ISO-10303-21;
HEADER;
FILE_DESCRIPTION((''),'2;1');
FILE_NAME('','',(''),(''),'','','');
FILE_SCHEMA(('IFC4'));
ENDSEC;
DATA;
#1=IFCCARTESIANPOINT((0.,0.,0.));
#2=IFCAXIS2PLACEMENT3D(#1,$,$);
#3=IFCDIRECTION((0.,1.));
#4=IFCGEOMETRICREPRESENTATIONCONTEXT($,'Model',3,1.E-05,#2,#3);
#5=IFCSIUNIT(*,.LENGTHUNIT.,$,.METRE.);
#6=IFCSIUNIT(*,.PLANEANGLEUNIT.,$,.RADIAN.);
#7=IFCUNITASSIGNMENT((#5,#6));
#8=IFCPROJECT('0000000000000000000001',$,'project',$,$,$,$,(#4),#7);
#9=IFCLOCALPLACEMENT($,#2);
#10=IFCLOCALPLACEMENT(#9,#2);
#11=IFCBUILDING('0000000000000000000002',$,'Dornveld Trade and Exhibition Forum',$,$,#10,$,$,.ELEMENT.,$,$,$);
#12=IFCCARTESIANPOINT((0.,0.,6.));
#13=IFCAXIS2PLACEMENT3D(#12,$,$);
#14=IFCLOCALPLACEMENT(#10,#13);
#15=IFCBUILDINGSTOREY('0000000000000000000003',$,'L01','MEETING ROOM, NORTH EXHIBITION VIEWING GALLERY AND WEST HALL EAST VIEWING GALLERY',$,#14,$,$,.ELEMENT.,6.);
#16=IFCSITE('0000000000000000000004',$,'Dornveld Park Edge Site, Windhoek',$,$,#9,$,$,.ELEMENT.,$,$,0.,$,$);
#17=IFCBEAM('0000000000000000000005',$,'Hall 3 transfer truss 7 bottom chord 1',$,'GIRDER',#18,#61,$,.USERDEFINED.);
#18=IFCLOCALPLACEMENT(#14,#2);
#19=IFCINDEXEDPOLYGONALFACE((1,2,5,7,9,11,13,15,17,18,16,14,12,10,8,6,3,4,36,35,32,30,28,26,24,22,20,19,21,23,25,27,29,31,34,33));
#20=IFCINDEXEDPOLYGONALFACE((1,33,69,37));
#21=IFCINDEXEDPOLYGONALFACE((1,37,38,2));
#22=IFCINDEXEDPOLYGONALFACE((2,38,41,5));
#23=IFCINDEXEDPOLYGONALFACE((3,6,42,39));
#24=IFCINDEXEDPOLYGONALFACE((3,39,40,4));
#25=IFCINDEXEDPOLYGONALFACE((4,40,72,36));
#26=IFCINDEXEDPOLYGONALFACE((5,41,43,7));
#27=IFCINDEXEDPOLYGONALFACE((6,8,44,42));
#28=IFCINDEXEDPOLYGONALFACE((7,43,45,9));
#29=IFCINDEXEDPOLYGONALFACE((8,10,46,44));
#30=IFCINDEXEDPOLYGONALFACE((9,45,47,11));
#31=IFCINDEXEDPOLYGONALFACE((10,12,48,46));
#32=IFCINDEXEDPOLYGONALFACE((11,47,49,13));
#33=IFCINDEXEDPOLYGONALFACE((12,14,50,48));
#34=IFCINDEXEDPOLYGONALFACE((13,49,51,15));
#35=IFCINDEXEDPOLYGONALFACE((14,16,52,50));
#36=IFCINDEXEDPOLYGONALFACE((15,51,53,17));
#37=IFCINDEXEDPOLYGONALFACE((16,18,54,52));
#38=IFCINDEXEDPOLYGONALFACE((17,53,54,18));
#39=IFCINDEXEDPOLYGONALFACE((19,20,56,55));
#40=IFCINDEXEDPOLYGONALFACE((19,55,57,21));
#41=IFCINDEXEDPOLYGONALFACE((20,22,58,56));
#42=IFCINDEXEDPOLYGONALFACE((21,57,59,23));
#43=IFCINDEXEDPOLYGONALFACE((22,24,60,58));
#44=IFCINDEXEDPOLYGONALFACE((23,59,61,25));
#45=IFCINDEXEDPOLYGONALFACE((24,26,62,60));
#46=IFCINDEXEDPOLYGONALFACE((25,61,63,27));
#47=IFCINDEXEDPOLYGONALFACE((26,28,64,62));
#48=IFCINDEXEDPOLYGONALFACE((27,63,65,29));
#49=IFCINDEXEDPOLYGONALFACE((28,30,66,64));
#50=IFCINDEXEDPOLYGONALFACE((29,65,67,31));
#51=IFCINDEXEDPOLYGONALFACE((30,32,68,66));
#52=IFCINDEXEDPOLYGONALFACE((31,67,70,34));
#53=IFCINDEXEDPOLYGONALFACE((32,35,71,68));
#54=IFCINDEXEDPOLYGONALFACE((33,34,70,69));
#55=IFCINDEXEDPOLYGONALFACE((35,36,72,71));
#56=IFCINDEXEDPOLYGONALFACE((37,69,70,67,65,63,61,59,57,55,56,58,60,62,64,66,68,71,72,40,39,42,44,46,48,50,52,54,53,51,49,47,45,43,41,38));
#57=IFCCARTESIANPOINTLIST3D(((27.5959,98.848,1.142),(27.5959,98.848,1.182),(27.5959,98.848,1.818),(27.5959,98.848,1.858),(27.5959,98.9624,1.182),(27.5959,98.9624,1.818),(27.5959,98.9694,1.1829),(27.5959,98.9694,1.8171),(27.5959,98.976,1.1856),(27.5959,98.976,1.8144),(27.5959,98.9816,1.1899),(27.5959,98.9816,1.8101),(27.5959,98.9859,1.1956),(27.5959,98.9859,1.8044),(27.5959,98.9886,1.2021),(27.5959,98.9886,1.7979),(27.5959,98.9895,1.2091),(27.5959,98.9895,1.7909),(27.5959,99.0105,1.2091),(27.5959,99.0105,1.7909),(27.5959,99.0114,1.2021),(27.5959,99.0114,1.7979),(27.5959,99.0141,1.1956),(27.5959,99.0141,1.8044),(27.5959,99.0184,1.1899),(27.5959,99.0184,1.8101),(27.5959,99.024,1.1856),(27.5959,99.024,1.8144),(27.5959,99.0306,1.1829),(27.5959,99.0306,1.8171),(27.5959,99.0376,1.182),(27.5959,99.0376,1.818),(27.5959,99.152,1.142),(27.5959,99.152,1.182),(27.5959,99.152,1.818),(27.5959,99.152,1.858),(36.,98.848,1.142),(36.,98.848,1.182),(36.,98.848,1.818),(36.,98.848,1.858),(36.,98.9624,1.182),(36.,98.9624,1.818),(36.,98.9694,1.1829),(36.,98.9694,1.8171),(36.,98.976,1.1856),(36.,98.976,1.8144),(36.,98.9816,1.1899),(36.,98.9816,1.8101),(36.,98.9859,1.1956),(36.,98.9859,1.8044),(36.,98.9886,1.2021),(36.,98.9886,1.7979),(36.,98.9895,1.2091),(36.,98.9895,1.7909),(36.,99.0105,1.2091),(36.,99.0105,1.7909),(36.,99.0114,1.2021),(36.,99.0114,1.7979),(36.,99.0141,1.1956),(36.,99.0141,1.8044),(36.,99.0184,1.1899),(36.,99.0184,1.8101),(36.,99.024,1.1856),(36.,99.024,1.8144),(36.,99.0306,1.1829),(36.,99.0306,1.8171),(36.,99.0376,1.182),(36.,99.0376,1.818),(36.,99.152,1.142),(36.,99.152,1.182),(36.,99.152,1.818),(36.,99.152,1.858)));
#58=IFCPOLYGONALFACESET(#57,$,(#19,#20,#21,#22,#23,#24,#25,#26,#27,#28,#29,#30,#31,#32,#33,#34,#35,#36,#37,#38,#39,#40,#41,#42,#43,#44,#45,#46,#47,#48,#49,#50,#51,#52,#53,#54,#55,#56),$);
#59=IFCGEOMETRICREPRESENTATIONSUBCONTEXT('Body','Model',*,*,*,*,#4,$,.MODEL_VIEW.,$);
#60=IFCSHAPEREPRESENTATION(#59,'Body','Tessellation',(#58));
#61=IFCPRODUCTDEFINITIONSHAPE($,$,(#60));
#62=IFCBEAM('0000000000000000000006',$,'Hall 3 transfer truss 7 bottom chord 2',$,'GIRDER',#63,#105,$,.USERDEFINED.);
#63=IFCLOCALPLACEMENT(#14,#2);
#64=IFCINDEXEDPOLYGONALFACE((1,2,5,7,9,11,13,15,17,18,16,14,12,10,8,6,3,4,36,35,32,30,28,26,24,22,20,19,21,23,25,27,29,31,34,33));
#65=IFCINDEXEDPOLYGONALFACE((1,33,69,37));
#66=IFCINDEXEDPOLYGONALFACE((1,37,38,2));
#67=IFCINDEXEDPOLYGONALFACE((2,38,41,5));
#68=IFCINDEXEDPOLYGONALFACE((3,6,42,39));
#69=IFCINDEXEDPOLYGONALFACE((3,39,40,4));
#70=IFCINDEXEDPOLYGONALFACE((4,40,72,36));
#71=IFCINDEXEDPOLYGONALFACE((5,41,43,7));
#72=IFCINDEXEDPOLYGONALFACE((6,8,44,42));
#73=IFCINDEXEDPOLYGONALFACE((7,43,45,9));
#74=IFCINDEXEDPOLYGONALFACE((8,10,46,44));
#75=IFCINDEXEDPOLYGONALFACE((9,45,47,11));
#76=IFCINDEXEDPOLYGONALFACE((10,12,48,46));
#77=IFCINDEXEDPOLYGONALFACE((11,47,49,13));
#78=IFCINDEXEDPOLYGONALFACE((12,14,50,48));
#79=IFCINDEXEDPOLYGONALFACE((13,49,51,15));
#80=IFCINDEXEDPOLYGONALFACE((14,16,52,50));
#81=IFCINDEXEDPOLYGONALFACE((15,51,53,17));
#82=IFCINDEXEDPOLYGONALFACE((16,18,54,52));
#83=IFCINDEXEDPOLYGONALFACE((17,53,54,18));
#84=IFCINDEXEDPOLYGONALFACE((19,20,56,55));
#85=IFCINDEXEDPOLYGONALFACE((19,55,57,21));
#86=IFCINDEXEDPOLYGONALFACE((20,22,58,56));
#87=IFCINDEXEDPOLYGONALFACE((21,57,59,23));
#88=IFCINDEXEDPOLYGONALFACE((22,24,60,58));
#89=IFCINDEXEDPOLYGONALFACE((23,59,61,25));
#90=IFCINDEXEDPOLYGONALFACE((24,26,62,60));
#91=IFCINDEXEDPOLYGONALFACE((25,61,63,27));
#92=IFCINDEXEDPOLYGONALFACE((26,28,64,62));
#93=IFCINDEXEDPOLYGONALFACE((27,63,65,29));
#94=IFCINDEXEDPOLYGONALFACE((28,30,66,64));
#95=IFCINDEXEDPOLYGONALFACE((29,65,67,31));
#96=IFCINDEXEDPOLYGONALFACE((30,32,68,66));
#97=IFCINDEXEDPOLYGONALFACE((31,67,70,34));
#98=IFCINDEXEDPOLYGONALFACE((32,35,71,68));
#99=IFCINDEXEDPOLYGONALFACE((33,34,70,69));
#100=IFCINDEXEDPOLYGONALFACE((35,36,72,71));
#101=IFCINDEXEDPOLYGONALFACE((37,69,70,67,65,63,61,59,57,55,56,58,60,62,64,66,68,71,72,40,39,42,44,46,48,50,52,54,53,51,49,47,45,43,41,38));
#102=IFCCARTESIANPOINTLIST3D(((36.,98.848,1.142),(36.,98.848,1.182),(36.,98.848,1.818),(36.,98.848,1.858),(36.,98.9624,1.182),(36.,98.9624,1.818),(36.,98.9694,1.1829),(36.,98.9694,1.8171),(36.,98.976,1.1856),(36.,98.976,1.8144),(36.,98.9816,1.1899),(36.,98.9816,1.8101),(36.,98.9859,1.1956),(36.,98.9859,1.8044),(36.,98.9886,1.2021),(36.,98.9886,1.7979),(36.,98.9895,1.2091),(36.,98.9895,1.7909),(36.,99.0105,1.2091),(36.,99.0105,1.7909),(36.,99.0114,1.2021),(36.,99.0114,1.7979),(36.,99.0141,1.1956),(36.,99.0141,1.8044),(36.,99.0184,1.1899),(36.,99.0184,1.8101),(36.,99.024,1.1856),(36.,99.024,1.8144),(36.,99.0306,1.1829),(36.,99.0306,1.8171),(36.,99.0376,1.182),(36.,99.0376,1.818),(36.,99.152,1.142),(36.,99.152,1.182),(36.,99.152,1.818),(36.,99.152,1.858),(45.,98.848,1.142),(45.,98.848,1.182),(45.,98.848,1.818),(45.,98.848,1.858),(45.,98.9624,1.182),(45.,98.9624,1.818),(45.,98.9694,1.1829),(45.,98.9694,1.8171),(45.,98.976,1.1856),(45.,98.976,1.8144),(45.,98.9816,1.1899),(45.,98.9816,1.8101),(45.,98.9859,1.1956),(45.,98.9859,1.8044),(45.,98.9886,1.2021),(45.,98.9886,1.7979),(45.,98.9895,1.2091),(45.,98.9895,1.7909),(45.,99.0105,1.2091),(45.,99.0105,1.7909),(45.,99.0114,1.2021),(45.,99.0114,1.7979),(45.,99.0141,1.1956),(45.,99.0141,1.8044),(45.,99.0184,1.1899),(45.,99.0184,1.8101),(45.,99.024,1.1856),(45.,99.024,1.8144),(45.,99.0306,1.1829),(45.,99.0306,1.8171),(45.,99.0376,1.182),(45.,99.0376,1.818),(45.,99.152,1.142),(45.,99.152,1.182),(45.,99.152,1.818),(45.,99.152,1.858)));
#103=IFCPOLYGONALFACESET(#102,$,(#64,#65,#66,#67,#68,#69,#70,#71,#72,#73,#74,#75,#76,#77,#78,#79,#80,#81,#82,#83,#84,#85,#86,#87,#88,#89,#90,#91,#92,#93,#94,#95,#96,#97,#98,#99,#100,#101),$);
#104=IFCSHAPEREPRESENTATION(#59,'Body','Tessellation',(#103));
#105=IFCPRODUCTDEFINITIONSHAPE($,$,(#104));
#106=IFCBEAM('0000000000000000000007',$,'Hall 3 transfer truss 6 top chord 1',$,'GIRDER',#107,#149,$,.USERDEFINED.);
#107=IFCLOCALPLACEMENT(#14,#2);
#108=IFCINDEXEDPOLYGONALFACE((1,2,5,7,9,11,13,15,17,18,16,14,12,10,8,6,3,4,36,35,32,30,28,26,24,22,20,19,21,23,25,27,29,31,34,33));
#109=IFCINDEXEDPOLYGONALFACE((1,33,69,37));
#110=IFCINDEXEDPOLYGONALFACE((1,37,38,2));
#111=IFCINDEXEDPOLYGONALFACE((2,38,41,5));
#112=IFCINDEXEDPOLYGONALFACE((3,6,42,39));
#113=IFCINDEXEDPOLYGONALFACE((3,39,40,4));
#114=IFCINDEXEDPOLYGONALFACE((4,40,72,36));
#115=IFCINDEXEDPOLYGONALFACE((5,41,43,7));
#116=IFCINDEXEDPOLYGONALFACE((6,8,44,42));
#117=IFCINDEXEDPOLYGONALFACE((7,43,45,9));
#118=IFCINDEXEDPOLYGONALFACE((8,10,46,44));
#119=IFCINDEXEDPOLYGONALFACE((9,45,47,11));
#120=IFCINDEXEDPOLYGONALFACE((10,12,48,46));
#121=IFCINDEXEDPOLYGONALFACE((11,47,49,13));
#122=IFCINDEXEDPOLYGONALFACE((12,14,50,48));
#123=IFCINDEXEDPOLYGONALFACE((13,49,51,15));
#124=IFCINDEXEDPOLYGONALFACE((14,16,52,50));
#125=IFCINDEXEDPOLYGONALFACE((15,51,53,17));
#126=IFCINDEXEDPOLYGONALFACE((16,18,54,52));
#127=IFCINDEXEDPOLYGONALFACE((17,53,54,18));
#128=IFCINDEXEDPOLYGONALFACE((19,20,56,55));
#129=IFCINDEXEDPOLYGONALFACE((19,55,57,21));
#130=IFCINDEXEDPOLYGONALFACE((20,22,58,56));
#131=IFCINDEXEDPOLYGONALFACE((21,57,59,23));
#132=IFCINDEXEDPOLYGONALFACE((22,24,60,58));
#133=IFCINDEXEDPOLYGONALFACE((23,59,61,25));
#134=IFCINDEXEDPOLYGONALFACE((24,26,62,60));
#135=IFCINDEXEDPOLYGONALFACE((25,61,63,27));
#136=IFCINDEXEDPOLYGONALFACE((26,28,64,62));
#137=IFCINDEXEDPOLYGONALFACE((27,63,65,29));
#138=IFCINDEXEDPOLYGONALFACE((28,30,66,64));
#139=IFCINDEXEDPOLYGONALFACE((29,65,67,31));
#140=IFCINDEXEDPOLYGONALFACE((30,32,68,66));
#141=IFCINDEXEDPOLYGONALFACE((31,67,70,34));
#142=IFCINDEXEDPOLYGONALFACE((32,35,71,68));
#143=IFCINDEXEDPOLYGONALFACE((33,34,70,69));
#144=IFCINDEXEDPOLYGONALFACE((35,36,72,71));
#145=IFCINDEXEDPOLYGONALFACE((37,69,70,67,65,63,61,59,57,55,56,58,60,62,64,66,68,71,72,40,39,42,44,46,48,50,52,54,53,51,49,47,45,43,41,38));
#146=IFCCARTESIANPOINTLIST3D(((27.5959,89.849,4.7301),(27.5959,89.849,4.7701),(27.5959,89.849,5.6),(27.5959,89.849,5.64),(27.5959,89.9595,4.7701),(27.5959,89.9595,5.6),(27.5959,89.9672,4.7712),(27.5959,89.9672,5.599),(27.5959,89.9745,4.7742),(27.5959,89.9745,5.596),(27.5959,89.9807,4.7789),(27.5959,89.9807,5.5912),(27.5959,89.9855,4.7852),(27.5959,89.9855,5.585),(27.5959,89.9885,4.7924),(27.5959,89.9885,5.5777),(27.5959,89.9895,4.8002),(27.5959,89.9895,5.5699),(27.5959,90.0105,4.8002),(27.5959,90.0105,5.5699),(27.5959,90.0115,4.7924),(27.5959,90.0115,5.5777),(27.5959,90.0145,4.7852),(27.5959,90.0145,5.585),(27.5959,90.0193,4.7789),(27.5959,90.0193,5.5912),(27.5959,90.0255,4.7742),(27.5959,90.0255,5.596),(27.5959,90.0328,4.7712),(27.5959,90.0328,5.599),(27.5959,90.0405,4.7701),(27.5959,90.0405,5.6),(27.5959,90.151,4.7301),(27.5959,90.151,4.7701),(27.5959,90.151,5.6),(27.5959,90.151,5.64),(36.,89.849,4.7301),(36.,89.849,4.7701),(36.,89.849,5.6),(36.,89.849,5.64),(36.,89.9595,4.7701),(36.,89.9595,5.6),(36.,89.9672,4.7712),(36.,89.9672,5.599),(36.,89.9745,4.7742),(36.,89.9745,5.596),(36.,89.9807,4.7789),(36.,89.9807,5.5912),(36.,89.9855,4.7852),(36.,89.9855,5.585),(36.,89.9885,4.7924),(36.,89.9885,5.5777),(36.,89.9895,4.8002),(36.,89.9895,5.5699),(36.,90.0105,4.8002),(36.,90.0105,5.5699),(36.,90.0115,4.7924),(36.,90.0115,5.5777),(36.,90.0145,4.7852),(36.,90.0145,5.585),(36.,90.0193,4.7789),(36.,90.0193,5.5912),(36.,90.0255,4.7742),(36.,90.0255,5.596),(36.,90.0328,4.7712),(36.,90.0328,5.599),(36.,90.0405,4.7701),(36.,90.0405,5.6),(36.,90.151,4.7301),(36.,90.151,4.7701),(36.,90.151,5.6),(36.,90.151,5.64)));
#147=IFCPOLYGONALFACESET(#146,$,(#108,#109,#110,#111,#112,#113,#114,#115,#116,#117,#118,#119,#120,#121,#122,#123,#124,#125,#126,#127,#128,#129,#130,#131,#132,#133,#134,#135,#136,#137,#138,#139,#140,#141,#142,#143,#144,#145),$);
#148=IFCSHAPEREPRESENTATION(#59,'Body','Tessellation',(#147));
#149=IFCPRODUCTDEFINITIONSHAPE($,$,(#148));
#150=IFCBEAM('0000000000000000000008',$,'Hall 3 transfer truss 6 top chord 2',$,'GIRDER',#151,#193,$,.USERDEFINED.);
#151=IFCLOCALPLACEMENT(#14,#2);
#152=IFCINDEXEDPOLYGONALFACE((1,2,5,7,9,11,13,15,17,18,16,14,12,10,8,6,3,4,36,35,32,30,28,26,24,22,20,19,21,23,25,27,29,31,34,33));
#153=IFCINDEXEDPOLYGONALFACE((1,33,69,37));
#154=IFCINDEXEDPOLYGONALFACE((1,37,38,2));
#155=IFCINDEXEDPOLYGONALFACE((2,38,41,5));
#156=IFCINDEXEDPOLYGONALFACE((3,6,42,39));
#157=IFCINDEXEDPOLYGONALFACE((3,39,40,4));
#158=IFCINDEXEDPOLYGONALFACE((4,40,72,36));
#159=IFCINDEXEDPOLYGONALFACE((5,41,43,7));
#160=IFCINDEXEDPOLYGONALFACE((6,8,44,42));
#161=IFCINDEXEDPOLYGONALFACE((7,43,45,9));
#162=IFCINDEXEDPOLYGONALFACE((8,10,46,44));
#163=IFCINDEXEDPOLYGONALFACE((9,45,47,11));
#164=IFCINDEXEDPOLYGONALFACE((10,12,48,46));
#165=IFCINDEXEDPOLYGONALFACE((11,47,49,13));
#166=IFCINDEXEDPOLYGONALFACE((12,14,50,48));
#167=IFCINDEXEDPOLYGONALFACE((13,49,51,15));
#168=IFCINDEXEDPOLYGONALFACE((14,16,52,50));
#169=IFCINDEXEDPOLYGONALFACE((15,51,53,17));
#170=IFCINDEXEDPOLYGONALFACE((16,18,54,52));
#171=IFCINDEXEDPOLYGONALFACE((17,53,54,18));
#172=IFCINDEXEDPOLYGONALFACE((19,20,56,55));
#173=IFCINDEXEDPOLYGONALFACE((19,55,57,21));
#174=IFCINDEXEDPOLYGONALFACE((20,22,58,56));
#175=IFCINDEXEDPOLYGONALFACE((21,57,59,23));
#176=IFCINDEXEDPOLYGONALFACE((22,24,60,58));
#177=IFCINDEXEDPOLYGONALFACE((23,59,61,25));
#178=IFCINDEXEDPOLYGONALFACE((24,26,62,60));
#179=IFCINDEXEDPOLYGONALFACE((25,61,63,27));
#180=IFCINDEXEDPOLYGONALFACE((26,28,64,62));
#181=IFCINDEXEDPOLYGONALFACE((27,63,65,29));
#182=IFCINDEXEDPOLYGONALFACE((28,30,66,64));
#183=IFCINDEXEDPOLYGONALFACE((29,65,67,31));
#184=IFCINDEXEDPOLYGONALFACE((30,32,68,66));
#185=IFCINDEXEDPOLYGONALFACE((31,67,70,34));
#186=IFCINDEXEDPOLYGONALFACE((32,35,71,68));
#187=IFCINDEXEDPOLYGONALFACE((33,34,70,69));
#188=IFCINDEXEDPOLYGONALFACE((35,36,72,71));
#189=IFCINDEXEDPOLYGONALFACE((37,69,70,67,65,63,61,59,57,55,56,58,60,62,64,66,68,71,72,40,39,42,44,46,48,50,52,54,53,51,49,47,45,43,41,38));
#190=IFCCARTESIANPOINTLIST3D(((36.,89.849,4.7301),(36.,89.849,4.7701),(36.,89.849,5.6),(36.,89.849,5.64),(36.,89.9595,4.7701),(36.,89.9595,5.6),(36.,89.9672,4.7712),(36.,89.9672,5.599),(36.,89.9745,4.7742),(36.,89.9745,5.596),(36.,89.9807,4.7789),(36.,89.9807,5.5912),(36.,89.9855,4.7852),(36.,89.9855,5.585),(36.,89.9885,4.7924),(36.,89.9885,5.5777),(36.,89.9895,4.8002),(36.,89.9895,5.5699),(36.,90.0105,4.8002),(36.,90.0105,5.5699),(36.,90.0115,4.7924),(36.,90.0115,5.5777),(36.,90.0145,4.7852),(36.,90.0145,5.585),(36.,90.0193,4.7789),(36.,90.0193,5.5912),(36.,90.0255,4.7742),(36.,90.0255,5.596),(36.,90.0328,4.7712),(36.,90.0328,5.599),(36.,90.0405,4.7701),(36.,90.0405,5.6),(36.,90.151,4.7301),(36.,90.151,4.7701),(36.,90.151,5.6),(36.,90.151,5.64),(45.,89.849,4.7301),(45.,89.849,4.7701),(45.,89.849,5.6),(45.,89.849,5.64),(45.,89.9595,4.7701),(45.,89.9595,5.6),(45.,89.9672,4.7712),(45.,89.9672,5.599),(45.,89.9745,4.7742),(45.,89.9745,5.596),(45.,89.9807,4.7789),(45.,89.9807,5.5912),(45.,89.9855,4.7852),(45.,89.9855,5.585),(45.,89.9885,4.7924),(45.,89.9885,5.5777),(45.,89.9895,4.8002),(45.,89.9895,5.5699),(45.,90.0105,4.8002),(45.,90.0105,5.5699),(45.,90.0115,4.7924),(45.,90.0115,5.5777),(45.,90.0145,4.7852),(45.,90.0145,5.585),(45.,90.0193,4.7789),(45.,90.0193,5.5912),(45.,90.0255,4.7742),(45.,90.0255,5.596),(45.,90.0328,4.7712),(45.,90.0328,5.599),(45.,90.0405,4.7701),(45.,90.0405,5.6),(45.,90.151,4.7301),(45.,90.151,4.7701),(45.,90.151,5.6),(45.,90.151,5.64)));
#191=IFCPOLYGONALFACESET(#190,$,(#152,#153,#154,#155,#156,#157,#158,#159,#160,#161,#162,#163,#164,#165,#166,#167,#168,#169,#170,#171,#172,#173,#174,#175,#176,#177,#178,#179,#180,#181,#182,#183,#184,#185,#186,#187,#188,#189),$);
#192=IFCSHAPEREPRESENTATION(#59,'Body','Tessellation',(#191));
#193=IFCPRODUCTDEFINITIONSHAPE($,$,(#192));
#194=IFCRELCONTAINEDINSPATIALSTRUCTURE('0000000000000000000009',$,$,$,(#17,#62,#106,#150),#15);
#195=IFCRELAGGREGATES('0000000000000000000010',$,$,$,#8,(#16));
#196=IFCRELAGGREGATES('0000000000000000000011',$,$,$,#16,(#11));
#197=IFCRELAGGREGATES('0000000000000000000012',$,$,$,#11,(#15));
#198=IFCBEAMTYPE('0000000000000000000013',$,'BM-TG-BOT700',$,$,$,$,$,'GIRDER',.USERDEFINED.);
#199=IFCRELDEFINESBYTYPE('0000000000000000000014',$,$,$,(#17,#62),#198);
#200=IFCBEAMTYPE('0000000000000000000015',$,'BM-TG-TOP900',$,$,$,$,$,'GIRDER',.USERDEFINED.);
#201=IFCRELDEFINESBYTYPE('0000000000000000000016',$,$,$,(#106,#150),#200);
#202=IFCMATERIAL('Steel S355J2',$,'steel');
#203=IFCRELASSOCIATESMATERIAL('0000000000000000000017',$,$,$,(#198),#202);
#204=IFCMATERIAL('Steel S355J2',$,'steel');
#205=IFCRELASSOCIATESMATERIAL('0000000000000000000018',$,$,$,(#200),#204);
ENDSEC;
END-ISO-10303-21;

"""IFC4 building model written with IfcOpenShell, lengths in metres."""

from ifc_helpers import new_model, si_unit, direction, frame, origin, origin_2d, place, context, subcontext, project, spatial, i_section, extrude, material, material_profile, profile_set, type_object, element, save


model = new_model("IFC4")

# Units and contexts
model_context = context("Model", 3, precision=1e-05, world=origin(), true_north=direction((0.0, 1.0)))
body_context = subcontext(model_context, "Body", "Model", "MODEL_VIEW")
ifc_project = project(units=[si_unit("LENGTHUNIT", "METRE"), si_unit("PLANEANGLEUNIT", "RADIAN")], contexts=[model_context])

# Site, building, storey
site_placement = place(None, origin())
site = spatial("IfcSite", under=ifc_project, at=site_placement, Name="Dornveld Park Edge Site, Windhoek", CompositionType="ELEMENT", RefElevation=0.0)
building_placement = place(site_placement, origin())
building = spatial("IfcBuilding", under=site, at=building_placement, Name="Dornveld Trade and Exhibition Forum", CompositionType="ELEMENT")
storey_placement = place(building_placement, frame((0.0, 0.0, 6.0)))
storey = spatial("IfcBuildingStorey", under=building, at=storey_placement, Name="L01", Description="MEETING ROOM, NORTH EXHIBITION VIEWING GALLERY AND WEST HALL EAST VIEWING GALLERY", CompositionType="ELEMENT", Elevation=6.0)

# Beams
ifc_material_1 = material(Name="Steel S355J2", Category="steel")
ifc_material_profile_1 = material_profile(ifc_material_1, i_section(OverallWidth=0.304, OverallDepth=0.7161, WebThickness=0.021, FlangeThickness=0.04, FilletRadius=0.0271, at=origin_2d()), Name="HEM 700")
ifc_profile_set_1 = profile_set([ifc_material_profile_1], Name="Steel S355J2")
beam_type_1 = type_object("IfcBeamType", Name="BM-TG-BOT700", ElementType="GIRDER", PredefinedType="USERDEFINED", material=ifc_profile_set_1)
beam_1_placement = place(storey_placement, frame((27.5959, 99.0, 1.5), z_axis=(1.0, 0.0, 0.0), x_axis=(0.0, 1.0, 0.0)))
element("IfcBeam", 1, at=beam_1_placement, inside=storey, type_object=beam_type_1, Name="Hall 3 transfer truss 7 bottom chord 1", ObjectType="GIRDER", PredefinedType="USERDEFINED", context=body_context, shape_type="SweptSolid", body=[
    extrude(i_section(OverallWidth=0.304, OverallDepth=0.7161, WebThickness=0.021, FlangeThickness=0.04, FilletRadius=0.0271, at=origin_2d()), origin(), (0.0, 0.0, 1.0), 8.4041),
])
beam_2_placement = place(storey_placement, frame((36.0, 99.0, 1.5), z_axis=(1.0, 0.0, 0.0), x_axis=(0.0, 1.0, 0.0)))
element("IfcBeam", 2, at=beam_2_placement, inside=storey, type_object=beam_type_1, Name="Hall 3 transfer truss 7 bottom chord 2", ObjectType="GIRDER", PredefinedType="USERDEFINED", context=body_context, shape_type="SweptSolid", body=[
    extrude(i_section(OverallWidth=0.304, OverallDepth=0.7161, WebThickness=0.021, FlangeThickness=0.04, FilletRadius=0.0271, at=origin_2d()), origin(), (0.0, 0.0, 1.0), 9.0),
])
ifc_material_2 = material(Name="Steel S355J2", Category="steel")
ifc_material_profile_2 = material_profile(ifc_material_2, i_section(OverallWidth=0.302, OverallDepth=0.9099, WebThickness=0.021, FlangeThickness=0.04, FilletRadius=0.03, at=origin_2d()), Name="HEM 900")
ifc_profile_set_2 = profile_set([ifc_material_profile_2], Name="Steel S355J2")
beam_type_2 = type_object("IfcBeamType", Name="BM-TG-TOP900", ElementType="GIRDER", PredefinedType="USERDEFINED", material=ifc_profile_set_2)
beam_3_placement = place(storey_placement, frame((27.5959, 90.0, 5.1851), z_axis=(1.0, 0.0, 0.0), x_axis=(0.0, 1.0, 0.0)))
element("IfcBeam", 3, at=beam_3_placement, inside=storey, type_object=beam_type_2, Name="Hall 3 transfer truss 6 top chord 1", ObjectType="GIRDER", PredefinedType="USERDEFINED", context=body_context, shape_type="SweptSolid", body=[
    extrude(i_section(OverallWidth=0.302, OverallDepth=0.9099, WebThickness=0.021, FlangeThickness=0.04, FilletRadius=0.03, at=origin_2d()), origin(), (0.0, 0.0, 1.0), 8.4041),
])
beam_4_placement = place(storey_placement, frame((36.0, 90.0, 5.1851), z_axis=(1.0, 0.0, 0.0), x_axis=(0.0, 1.0, 0.0)))
element("IfcBeam", 4, at=beam_4_placement, inside=storey, type_object=beam_type_2, Name="Hall 3 transfer truss 6 top chord 2", ObjectType="GIRDER", PredefinedType="USERDEFINED", context=body_context, shape_type="SweptSolid", body=[
    extrude(i_section(OverallWidth=0.302, OverallDepth=0.9099, WebThickness=0.021, FlangeThickness=0.04, FilletRadius=0.03, at=origin_2d()), origin(), (0.0, 0.0, 1.0), 9.0),
])

save(model, "model.ifc")
